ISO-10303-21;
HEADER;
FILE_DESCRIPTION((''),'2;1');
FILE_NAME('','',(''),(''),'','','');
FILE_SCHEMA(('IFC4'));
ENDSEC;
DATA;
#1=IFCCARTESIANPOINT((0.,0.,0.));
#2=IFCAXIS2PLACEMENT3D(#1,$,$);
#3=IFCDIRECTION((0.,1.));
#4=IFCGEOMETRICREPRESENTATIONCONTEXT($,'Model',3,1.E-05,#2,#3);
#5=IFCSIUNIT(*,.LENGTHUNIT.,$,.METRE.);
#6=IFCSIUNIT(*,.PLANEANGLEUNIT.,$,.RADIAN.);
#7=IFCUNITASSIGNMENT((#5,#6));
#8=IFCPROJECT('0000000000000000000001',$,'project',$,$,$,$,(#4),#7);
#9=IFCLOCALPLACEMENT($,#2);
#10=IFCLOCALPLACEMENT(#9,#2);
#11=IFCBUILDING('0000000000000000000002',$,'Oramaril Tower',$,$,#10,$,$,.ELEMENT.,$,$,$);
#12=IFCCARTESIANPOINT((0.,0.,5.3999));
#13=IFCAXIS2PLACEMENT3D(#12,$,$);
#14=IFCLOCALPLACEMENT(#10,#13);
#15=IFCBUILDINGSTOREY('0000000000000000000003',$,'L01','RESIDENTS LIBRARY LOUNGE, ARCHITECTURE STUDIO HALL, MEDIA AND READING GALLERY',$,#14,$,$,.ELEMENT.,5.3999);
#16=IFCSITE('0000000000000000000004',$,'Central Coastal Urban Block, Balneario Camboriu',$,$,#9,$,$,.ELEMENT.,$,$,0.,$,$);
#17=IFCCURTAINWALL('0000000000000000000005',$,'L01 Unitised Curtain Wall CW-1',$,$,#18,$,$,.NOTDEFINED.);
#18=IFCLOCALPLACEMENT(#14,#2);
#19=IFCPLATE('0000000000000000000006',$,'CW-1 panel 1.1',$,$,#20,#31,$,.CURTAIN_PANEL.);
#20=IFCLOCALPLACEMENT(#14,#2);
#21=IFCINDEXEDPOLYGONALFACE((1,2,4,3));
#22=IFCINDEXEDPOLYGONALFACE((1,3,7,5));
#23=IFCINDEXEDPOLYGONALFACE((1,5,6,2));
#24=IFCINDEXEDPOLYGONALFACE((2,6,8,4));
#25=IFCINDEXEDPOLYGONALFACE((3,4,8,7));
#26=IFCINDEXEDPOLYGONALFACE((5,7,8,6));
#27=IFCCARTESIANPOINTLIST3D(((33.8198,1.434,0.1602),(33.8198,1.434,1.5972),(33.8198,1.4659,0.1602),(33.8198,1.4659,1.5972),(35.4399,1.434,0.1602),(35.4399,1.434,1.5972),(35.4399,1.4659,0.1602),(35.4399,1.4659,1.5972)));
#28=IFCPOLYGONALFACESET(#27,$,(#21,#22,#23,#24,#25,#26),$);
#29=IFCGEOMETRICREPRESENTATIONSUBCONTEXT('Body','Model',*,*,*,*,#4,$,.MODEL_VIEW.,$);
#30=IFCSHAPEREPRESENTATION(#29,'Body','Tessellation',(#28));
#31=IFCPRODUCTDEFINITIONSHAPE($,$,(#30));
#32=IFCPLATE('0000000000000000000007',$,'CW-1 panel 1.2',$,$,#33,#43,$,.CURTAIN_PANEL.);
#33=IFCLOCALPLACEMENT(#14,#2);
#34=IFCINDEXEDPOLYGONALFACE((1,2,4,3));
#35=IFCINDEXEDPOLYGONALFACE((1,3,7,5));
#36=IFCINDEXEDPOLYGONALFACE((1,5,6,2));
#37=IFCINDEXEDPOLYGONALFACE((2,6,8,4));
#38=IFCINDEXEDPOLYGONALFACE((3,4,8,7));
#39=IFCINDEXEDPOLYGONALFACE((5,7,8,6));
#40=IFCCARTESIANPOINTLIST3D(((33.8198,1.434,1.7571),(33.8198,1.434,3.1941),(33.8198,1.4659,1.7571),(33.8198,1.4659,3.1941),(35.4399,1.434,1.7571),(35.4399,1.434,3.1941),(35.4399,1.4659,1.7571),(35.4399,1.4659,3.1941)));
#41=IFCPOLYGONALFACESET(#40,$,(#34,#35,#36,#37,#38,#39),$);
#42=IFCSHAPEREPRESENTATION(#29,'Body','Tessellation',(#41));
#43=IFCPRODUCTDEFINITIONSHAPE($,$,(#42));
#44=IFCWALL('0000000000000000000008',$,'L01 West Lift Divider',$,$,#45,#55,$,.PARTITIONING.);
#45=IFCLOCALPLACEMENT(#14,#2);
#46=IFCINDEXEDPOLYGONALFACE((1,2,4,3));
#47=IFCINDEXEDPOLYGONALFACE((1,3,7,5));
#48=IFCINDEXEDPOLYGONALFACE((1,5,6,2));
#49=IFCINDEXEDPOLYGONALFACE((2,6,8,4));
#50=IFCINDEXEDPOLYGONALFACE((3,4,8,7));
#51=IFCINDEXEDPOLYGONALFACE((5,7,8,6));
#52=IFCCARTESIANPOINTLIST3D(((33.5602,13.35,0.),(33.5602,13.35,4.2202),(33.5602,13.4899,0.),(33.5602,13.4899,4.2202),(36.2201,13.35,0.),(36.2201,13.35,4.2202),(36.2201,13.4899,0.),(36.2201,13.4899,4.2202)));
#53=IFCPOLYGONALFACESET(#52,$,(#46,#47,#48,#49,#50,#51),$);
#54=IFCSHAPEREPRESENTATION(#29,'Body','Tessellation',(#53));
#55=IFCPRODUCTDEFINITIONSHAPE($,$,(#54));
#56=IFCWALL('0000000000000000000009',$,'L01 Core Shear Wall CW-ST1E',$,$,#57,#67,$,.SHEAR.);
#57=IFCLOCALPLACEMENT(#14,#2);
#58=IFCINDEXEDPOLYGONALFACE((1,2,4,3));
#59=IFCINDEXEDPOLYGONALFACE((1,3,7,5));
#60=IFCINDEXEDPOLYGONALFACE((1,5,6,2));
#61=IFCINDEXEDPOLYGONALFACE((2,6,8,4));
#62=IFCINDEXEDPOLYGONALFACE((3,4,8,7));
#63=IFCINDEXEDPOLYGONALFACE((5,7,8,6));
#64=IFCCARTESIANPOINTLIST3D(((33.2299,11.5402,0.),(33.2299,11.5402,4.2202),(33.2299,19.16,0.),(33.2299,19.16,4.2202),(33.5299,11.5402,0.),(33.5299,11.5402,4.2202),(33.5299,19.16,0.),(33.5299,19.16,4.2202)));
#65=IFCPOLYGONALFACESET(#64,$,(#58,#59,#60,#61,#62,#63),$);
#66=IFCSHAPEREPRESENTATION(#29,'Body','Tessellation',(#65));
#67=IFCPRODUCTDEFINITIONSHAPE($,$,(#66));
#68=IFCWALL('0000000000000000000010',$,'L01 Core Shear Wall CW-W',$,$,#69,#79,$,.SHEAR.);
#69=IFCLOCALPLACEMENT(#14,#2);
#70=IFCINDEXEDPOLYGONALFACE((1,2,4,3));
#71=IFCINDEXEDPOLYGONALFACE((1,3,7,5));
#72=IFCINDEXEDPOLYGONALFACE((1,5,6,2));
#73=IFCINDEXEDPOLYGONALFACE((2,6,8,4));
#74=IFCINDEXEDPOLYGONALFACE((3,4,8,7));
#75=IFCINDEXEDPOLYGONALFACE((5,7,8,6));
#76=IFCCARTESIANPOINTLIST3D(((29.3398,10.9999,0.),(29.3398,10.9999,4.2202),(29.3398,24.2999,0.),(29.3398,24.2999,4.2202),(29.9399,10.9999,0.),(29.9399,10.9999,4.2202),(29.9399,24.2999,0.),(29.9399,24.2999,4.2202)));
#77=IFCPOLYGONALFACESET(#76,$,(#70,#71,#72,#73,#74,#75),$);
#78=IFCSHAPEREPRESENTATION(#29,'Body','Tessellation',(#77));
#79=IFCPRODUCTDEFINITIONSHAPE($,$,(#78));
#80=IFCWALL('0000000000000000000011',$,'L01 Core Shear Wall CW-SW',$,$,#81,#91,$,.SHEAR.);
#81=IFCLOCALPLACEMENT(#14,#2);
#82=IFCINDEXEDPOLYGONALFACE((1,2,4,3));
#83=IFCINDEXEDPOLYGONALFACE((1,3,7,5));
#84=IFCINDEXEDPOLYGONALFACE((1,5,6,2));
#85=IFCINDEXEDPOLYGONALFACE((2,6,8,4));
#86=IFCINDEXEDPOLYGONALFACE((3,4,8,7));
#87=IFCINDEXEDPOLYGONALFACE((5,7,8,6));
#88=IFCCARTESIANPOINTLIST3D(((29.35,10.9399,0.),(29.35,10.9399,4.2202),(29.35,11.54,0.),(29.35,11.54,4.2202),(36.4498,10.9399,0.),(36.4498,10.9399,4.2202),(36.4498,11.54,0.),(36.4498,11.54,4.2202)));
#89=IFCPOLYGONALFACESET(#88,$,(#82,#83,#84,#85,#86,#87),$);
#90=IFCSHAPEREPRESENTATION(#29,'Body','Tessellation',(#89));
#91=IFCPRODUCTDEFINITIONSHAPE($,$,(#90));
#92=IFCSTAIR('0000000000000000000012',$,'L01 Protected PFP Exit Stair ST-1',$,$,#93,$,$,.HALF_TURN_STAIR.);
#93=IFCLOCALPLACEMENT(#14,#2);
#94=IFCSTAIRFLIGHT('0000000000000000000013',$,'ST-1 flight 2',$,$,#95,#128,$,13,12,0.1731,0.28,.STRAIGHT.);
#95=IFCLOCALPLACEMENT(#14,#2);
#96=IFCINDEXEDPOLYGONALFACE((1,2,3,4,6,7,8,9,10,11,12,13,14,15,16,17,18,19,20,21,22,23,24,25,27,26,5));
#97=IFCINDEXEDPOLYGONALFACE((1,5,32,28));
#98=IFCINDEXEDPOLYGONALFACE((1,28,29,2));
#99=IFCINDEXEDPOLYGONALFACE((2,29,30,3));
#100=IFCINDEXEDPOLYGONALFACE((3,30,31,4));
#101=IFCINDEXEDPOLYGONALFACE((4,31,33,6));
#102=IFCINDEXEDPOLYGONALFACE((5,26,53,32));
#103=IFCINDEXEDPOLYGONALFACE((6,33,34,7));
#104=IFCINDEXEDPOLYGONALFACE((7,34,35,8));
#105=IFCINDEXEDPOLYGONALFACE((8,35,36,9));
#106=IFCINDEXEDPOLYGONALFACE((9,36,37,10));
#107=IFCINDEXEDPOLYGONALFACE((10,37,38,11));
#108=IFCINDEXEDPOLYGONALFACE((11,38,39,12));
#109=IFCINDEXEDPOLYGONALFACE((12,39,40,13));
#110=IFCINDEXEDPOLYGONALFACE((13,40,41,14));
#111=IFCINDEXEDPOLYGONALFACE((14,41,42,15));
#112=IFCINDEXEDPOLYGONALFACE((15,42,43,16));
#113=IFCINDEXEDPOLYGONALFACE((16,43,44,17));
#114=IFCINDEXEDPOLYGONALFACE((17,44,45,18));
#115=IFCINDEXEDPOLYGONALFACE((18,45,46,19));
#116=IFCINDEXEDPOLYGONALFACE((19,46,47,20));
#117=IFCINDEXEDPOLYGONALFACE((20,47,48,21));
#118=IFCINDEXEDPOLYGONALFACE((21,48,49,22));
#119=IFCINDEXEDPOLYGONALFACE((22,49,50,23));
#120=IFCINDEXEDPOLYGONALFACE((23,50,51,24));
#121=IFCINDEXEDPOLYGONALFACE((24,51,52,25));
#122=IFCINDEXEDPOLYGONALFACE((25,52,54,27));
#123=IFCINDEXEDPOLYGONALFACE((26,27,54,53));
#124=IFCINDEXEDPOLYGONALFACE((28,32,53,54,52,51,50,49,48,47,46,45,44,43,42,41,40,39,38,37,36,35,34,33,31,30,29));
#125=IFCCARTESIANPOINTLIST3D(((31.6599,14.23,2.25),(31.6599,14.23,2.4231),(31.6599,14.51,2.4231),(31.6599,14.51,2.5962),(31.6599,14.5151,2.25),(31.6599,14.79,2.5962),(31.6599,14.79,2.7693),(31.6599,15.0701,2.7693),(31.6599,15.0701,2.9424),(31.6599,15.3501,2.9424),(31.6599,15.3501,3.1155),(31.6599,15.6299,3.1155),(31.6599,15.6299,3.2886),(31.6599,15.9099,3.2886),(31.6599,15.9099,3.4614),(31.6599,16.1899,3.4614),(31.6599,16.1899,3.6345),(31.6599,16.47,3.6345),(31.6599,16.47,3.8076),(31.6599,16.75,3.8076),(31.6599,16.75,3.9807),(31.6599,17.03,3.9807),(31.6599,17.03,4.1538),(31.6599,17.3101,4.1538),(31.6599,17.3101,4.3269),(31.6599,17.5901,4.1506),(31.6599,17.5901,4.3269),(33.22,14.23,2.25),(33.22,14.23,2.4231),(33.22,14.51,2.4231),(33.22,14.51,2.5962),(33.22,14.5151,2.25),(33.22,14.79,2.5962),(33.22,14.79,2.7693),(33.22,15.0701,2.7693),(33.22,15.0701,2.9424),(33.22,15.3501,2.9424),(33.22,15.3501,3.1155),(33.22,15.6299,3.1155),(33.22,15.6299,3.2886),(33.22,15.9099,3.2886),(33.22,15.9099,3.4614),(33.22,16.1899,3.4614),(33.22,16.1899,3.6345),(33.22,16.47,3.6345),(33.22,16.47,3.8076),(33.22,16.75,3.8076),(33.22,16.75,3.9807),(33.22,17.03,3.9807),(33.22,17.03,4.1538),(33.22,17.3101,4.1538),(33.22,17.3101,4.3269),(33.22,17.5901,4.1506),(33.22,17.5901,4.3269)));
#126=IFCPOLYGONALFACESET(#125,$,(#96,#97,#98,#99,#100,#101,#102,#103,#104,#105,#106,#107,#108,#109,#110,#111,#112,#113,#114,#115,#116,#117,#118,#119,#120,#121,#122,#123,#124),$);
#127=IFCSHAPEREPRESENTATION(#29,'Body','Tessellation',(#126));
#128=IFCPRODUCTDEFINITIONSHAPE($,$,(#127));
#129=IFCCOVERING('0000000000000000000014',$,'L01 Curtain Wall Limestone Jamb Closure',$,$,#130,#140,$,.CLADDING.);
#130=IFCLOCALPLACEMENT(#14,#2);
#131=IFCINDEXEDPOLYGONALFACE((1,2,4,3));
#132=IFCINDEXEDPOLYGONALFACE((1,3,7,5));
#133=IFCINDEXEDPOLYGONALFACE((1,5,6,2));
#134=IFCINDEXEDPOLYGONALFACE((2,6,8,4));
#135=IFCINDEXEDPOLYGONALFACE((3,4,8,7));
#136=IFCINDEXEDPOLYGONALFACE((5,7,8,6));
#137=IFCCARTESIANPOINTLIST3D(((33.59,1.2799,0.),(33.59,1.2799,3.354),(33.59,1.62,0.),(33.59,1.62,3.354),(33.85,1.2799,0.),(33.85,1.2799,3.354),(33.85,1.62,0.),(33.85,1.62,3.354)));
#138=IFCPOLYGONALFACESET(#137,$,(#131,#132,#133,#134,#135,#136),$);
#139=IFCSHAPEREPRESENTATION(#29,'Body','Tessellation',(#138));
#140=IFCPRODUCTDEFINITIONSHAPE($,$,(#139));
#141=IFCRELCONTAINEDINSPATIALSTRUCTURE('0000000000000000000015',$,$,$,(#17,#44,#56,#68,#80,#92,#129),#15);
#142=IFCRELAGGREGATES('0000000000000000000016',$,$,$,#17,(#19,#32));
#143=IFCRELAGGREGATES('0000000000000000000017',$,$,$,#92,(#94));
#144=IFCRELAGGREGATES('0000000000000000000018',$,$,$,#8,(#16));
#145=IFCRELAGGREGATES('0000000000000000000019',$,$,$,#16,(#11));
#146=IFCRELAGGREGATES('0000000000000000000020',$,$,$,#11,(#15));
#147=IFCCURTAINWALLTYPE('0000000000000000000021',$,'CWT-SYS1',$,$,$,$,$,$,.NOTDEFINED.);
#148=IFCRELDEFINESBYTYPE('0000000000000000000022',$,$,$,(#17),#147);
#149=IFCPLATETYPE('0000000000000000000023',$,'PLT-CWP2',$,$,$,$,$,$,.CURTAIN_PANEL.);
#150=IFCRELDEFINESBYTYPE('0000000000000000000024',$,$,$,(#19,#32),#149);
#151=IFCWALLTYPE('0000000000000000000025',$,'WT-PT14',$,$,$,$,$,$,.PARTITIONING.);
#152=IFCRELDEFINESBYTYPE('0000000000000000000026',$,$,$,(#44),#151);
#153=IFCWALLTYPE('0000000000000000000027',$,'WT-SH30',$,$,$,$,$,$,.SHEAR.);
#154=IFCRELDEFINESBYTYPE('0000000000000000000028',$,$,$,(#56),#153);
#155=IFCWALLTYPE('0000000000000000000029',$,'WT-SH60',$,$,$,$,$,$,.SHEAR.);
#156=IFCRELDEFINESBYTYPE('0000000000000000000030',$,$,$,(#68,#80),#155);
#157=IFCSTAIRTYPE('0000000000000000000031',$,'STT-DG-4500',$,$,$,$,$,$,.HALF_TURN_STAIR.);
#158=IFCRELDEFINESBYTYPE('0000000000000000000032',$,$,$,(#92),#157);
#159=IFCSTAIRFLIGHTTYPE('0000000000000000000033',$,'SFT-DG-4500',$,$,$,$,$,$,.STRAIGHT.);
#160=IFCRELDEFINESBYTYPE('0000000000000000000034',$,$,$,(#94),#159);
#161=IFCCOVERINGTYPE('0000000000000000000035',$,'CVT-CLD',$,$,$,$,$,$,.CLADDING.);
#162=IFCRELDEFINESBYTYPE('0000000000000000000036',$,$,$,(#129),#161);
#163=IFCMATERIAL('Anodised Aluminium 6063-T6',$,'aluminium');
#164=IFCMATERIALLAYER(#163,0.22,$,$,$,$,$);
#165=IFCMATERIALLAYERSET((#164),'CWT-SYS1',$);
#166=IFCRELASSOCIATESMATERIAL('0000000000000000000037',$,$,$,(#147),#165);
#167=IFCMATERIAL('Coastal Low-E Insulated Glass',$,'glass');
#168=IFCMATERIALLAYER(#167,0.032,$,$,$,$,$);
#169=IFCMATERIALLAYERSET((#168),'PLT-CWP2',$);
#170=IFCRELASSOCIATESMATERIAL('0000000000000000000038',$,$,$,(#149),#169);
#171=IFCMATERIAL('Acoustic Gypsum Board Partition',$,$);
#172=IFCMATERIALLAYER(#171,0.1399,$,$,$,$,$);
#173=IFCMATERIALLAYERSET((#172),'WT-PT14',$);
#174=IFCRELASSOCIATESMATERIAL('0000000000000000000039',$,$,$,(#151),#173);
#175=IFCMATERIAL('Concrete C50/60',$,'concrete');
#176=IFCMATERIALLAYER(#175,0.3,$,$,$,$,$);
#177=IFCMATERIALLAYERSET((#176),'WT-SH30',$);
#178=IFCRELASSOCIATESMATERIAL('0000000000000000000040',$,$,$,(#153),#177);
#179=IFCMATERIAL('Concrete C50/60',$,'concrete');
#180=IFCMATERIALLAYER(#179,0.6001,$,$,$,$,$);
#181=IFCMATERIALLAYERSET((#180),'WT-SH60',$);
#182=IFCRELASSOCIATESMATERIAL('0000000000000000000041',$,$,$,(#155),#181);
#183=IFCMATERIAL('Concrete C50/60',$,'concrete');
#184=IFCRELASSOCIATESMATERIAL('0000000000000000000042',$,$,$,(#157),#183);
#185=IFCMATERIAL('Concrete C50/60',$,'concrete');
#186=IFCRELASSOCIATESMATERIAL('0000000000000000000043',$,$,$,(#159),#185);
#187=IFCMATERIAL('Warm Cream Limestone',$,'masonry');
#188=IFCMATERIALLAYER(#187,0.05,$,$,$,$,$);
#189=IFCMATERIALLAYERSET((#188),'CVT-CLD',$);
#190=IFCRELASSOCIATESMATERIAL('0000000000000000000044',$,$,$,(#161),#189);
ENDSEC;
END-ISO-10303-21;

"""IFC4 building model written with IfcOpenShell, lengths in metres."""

from ifc_helpers import new_model, si_unit, direction, frame, frame_2d, origin, origin_2d, place, context, subcontext, project, spatial, polyline, rectangle, outline, extrude, material, layer, layer_set, type_object, element, aggregate, save


model = new_model("IFC4")

# Units and contexts
model_context = context("Model", 3, precision=1e-05, world=origin(), true_north=direction((0.0, 1.0)))
body_context = subcontext(model_context, "Body", "Model", "MODEL_VIEW")
ifc_project = project(units=[si_unit("LENGTHUNIT", "METRE"), si_unit("PLANEANGLEUNIT", "RADIAN")], contexts=[model_context])

# Site, building, storey
site_placement = place(None, origin())
site = spatial("IfcSite", under=ifc_project, at=site_placement, Name="Central Coastal Urban Block, Balneario Camboriu", CompositionType="ELEMENT", RefElevation=0.0)
building_placement = place(site_placement, origin())
building = spatial("IfcBuilding", under=site, at=building_placement, Name="Oramaril Tower", CompositionType="ELEMENT")
storey_placement = place(building_placement, frame((0.0, 0.0, 5.3999)))
storey = spatial("IfcBuildingStorey", under=building, at=storey_placement, Name="L01", Description="RESIDENTS LIBRARY LOUNGE, ARCHITECTURE STUDIO HALL, MEDIA AND READING GALLERY", CompositionType="ELEMENT", Elevation=5.3999)

# Curtain wall, plates
ifc_material_1 = material(Name="Anodised Aluminium 6063-T6", Category="aluminium")
ifc_layer_1 = layer(ifc_material_1, 0.22)
ifc_layer_set_1 = layer_set([ifc_layer_1], Name="CWT-SYS1")
curtain_wall_type = type_object("IfcCurtainWallType", Name="CWT-SYS1", PredefinedType="NOTDEFINED", material=ifc_layer_set_1)
curtain_wall_placement = place(storey_placement, origin())
curtain_wall = element("IfcCurtainWall", 1, at=curtain_wall_placement, inside=storey, type_object=curtain_wall_type, Name="L01 Unitised Curtain Wall CW-1", PredefinedType="NOTDEFINED")
ifc_material_2 = material(Name="Coastal Low-E Insulated Glass", Category="glass")
ifc_layer_2 = layer(ifc_material_2, 0.032)
ifc_layer_set_2 = layer_set([ifc_layer_2], Name="PLT-CWP2")
plate_type = type_object("IfcPlateType", Name="PLT-CWP2", PredefinedType="CURTAIN_PANEL", material=ifc_layer_set_2)
plate_1_placement = place(storey_placement, frame((34.6299, 1.45, 0.1602), z_axis=(0.0, 0.0, 1.0), x_axis=(1.0, 0.0, 0.0)))
plate_1 = element("IfcPlate", 2, at=plate_1_placement, type_object=plate_type, Name="CW-1 panel 1.1", PredefinedType="CURTAIN_PANEL", context=body_context, shape_type="SweptSolid", body=[
    extrude(rectangle(XDim=1.6201, YDim=0.032, at=origin_2d()), origin(), (0.0, 0.0, 1.0), 1.437),
])
plate_2_placement = place(storey_placement, frame((34.6299, 1.45, 1.7571), z_axis=(0.0, 0.0, 1.0), x_axis=(1.0, 0.0, 0.0)))
plate_2 = element("IfcPlate", 3, at=plate_2_placement, type_object=plate_type, Name="CW-1 panel 1.2", PredefinedType="CURTAIN_PANEL", context=body_context, shape_type="SweptSolid", body=[
    extrude(rectangle(XDim=1.6201, YDim=0.032, at=origin_2d()), origin(), (0.0, 0.0, 1.0), 1.437),
])
aggregate(curtain_wall, [plate_1, plate_2])

# Walls
ifc_material_3 = material(Name="Acoustic Gypsum Board Partition")
ifc_layer_3 = layer(ifc_material_3, 0.1399)
ifc_layer_set_3 = layer_set([ifc_layer_3], Name="WT-PT14")
wall_type_1 = type_object("IfcWallType", Name="WT-PT14", PredefinedType="PARTITIONING", material=ifc_layer_set_3)
wall_1_placement = place(storey_placement, frame((33.5601, 13.4199, 0.0), z_axis=(0.0, 0.0, 1.0), x_axis=(1.0, 0.0, 0.0)))
element("IfcWall", 4, at=wall_1_placement, inside=storey, type_object=wall_type_1, Name="L01 West Lift Divider", PredefinedType="PARTITIONING", context=body_context, shape_type="SweptSolid", body=[
    extrude(rectangle(XDim=2.6599, YDim=0.1399, at=frame_2d((1.3301, 0.0))), origin(), (0.0, 0.0, 1.0), 4.2202),
])
ifc_material_4 = material(Name="Concrete C50/60", Category="concrete")
ifc_layer_4 = layer(ifc_material_4, 0.3)
ifc_layer_set_4 = layer_set([ifc_layer_4], Name="WT-SH30")
wall_type_2 = type_object("IfcWallType", Name="WT-SH30", PredefinedType="SHEAR", material=ifc_layer_set_4)
wall_2_placement = place(storey_placement, frame((33.3799, 11.54, 0.0), z_axis=(0.0, 0.0, 1.0), x_axis=(0.0, 1.0, 0.0)))
element("IfcWall", 5, at=wall_2_placement, inside=storey, type_object=wall_type_2, Name="L01 Core Shear Wall CW-ST1E", PredefinedType="SHEAR", context=body_context, shape_type="SweptSolid", body=[
    extrude(rectangle(XDim=7.6199, YDim=0.3, at=frame_2d((3.8101, 0.0))), origin(), (0.0, 0.0, 1.0), 4.2202),
])
ifc_material_5 = material(Name="Concrete C50/60", Category="concrete")
ifc_layer_5 = layer(ifc_material_5, 0.6001)
ifc_layer_set_5 = layer_set([ifc_layer_5], Name="WT-SH60")
wall_type_3 = type_object("IfcWallType", Name="WT-SH60", PredefinedType="SHEAR", material=ifc_layer_set_5)
wall_3_placement = place(storey_placement, frame((29.6399, 11.0, 0.0), z_axis=(0.0, 0.0, 1.0), x_axis=(0.0, 1.0, 0.0)))
element("IfcWall", 6, at=wall_3_placement, inside=storey, type_object=wall_type_3, Name="L01 Core Shear Wall CW-W", PredefinedType="SHEAR", context=body_context, shape_type="SweptSolid", body=[
    extrude(rectangle(XDim=13.3, YDim=0.6001, at=frame_2d((6.6499, 0.0))), origin(), (0.0, 0.0, 1.0), 4.2202),
])
wall_4_placement = place(storey_placement, frame((29.3501, 11.24, 0.0), z_axis=(0.0, 0.0, 1.0), x_axis=(1.0, 0.0, 0.0)))
element("IfcWall", 7, at=wall_4_placement, inside=storey, type_object=wall_type_3, Name="L01 Core Shear Wall CW-SW", PredefinedType="SHEAR", context=body_context, shape_type="SweptSolid", body=[
    extrude(rectangle(XDim=7.0999, YDim=0.6001, at=frame_2d((3.5498, 0.0))), origin(), (0.0, 0.0, 1.0), 4.2202),
])

# Stair, stair flight
ifc_material_6 = material(Name="Concrete C50/60", Category="concrete")
stair_type = type_object("IfcStairType", Name="STT-DG-4500", PredefinedType="HALF_TURN_STAIR", material=ifc_material_6)
stair_placement = place(storey_placement, origin())
stair = element("IfcStair", 8, at=stair_placement, inside=storey, type_object=stair_type, Name="L01 Protected PFP Exit Stair ST-1", PredefinedType="HALF_TURN_STAIR")
ifc_material_7 = material(Name="Concrete C50/60", Category="concrete")
stair_flight_type = type_object("IfcStairFlightType", Name="SFT-DG-4500", PredefinedType="STRAIGHT", material=ifc_material_7)
stair_flight_placement = place(storey_placement, frame((32.4399, 14.23, 2.25), z_axis=(0.0, 0.0, 1.0), x_axis=(0.0, 1.0, 0.0)))
stair_flight = element("IfcStairFlight", 9, at=stair_flight_placement, type_object=stair_flight_type, Name="ST-1 flight 2", NumberOfRisers=13, NumberOfTreads=12, PredefinedType="STRAIGHT", RiserHeight=0.1731, TreadLength=0.28, context=body_context, shape_type="SweptSolid", body=[
    extrude(outline(polyline([(0.0, 0.0), (0.0, 0.1731), (0.28, 0.1731), (0.28, 0.3462), (0.5601, 0.3462), (0.5601, 0.5193), (0.8401, 0.5193), (0.8401, 0.6924), (1.1201, 0.6924), (1.1201, 0.8655), (1.3999, 0.8655), (1.3999, 1.0386), (1.6799, 1.0386), (1.6799, 1.2114), (1.96, 1.2114), (1.96, 1.3845), (2.24, 1.3845), (2.24, 1.5576), (2.52, 1.5576), (2.52, 1.7307), (2.8, 1.7307), (2.8, 1.9038), (3.0801, 1.9038), (3.0801, 2.0769), (3.3601, 2.0769), (3.3601, 2.25), (3.3601, 1.9006), (0.2852, 0.0), (0.0, 0.0)])), frame((0.0, 0.78, 0.0), z_axis=(0.0, -1.0, 0.0), x_axis=(1.0, 0.0, 0.0)), (0.0, 0.0, 1.0), 1.5601),
])
aggregate(stair, [stair_flight])

# Covering
ifc_material_8 = material(Name="Warm Cream Limestone", Category="masonry")
ifc_layer_6 = layer(ifc_material_8, 0.05)
ifc_layer_set_6 = layer_set([ifc_layer_6], Name="CVT-CLD")
covering_type = type_object("IfcCoveringType", Name="CVT-CLD", PredefinedType="CLADDING", material=ifc_layer_set_6)
covering_placement = place(storey_placement, frame((33.72, 1.45, 0.0), z_axis=(0.0, 0.0, 1.0), x_axis=(1.0, 0.0, 0.0)))
element("IfcCovering", 10, at=covering_placement, inside=storey, type_object=covering_type, Name="L01 Curtain Wall Limestone Jamb Closure", PredefinedType="CLADDING", context=body_context, shape_type="SweptSolid", body=[
    extrude(rectangle(XDim=0.26, YDim=0.3401, at=origin_2d()), origin(), (0.0, 0.0, 1.0), 3.354),
])

save(model, "model.ifc")
